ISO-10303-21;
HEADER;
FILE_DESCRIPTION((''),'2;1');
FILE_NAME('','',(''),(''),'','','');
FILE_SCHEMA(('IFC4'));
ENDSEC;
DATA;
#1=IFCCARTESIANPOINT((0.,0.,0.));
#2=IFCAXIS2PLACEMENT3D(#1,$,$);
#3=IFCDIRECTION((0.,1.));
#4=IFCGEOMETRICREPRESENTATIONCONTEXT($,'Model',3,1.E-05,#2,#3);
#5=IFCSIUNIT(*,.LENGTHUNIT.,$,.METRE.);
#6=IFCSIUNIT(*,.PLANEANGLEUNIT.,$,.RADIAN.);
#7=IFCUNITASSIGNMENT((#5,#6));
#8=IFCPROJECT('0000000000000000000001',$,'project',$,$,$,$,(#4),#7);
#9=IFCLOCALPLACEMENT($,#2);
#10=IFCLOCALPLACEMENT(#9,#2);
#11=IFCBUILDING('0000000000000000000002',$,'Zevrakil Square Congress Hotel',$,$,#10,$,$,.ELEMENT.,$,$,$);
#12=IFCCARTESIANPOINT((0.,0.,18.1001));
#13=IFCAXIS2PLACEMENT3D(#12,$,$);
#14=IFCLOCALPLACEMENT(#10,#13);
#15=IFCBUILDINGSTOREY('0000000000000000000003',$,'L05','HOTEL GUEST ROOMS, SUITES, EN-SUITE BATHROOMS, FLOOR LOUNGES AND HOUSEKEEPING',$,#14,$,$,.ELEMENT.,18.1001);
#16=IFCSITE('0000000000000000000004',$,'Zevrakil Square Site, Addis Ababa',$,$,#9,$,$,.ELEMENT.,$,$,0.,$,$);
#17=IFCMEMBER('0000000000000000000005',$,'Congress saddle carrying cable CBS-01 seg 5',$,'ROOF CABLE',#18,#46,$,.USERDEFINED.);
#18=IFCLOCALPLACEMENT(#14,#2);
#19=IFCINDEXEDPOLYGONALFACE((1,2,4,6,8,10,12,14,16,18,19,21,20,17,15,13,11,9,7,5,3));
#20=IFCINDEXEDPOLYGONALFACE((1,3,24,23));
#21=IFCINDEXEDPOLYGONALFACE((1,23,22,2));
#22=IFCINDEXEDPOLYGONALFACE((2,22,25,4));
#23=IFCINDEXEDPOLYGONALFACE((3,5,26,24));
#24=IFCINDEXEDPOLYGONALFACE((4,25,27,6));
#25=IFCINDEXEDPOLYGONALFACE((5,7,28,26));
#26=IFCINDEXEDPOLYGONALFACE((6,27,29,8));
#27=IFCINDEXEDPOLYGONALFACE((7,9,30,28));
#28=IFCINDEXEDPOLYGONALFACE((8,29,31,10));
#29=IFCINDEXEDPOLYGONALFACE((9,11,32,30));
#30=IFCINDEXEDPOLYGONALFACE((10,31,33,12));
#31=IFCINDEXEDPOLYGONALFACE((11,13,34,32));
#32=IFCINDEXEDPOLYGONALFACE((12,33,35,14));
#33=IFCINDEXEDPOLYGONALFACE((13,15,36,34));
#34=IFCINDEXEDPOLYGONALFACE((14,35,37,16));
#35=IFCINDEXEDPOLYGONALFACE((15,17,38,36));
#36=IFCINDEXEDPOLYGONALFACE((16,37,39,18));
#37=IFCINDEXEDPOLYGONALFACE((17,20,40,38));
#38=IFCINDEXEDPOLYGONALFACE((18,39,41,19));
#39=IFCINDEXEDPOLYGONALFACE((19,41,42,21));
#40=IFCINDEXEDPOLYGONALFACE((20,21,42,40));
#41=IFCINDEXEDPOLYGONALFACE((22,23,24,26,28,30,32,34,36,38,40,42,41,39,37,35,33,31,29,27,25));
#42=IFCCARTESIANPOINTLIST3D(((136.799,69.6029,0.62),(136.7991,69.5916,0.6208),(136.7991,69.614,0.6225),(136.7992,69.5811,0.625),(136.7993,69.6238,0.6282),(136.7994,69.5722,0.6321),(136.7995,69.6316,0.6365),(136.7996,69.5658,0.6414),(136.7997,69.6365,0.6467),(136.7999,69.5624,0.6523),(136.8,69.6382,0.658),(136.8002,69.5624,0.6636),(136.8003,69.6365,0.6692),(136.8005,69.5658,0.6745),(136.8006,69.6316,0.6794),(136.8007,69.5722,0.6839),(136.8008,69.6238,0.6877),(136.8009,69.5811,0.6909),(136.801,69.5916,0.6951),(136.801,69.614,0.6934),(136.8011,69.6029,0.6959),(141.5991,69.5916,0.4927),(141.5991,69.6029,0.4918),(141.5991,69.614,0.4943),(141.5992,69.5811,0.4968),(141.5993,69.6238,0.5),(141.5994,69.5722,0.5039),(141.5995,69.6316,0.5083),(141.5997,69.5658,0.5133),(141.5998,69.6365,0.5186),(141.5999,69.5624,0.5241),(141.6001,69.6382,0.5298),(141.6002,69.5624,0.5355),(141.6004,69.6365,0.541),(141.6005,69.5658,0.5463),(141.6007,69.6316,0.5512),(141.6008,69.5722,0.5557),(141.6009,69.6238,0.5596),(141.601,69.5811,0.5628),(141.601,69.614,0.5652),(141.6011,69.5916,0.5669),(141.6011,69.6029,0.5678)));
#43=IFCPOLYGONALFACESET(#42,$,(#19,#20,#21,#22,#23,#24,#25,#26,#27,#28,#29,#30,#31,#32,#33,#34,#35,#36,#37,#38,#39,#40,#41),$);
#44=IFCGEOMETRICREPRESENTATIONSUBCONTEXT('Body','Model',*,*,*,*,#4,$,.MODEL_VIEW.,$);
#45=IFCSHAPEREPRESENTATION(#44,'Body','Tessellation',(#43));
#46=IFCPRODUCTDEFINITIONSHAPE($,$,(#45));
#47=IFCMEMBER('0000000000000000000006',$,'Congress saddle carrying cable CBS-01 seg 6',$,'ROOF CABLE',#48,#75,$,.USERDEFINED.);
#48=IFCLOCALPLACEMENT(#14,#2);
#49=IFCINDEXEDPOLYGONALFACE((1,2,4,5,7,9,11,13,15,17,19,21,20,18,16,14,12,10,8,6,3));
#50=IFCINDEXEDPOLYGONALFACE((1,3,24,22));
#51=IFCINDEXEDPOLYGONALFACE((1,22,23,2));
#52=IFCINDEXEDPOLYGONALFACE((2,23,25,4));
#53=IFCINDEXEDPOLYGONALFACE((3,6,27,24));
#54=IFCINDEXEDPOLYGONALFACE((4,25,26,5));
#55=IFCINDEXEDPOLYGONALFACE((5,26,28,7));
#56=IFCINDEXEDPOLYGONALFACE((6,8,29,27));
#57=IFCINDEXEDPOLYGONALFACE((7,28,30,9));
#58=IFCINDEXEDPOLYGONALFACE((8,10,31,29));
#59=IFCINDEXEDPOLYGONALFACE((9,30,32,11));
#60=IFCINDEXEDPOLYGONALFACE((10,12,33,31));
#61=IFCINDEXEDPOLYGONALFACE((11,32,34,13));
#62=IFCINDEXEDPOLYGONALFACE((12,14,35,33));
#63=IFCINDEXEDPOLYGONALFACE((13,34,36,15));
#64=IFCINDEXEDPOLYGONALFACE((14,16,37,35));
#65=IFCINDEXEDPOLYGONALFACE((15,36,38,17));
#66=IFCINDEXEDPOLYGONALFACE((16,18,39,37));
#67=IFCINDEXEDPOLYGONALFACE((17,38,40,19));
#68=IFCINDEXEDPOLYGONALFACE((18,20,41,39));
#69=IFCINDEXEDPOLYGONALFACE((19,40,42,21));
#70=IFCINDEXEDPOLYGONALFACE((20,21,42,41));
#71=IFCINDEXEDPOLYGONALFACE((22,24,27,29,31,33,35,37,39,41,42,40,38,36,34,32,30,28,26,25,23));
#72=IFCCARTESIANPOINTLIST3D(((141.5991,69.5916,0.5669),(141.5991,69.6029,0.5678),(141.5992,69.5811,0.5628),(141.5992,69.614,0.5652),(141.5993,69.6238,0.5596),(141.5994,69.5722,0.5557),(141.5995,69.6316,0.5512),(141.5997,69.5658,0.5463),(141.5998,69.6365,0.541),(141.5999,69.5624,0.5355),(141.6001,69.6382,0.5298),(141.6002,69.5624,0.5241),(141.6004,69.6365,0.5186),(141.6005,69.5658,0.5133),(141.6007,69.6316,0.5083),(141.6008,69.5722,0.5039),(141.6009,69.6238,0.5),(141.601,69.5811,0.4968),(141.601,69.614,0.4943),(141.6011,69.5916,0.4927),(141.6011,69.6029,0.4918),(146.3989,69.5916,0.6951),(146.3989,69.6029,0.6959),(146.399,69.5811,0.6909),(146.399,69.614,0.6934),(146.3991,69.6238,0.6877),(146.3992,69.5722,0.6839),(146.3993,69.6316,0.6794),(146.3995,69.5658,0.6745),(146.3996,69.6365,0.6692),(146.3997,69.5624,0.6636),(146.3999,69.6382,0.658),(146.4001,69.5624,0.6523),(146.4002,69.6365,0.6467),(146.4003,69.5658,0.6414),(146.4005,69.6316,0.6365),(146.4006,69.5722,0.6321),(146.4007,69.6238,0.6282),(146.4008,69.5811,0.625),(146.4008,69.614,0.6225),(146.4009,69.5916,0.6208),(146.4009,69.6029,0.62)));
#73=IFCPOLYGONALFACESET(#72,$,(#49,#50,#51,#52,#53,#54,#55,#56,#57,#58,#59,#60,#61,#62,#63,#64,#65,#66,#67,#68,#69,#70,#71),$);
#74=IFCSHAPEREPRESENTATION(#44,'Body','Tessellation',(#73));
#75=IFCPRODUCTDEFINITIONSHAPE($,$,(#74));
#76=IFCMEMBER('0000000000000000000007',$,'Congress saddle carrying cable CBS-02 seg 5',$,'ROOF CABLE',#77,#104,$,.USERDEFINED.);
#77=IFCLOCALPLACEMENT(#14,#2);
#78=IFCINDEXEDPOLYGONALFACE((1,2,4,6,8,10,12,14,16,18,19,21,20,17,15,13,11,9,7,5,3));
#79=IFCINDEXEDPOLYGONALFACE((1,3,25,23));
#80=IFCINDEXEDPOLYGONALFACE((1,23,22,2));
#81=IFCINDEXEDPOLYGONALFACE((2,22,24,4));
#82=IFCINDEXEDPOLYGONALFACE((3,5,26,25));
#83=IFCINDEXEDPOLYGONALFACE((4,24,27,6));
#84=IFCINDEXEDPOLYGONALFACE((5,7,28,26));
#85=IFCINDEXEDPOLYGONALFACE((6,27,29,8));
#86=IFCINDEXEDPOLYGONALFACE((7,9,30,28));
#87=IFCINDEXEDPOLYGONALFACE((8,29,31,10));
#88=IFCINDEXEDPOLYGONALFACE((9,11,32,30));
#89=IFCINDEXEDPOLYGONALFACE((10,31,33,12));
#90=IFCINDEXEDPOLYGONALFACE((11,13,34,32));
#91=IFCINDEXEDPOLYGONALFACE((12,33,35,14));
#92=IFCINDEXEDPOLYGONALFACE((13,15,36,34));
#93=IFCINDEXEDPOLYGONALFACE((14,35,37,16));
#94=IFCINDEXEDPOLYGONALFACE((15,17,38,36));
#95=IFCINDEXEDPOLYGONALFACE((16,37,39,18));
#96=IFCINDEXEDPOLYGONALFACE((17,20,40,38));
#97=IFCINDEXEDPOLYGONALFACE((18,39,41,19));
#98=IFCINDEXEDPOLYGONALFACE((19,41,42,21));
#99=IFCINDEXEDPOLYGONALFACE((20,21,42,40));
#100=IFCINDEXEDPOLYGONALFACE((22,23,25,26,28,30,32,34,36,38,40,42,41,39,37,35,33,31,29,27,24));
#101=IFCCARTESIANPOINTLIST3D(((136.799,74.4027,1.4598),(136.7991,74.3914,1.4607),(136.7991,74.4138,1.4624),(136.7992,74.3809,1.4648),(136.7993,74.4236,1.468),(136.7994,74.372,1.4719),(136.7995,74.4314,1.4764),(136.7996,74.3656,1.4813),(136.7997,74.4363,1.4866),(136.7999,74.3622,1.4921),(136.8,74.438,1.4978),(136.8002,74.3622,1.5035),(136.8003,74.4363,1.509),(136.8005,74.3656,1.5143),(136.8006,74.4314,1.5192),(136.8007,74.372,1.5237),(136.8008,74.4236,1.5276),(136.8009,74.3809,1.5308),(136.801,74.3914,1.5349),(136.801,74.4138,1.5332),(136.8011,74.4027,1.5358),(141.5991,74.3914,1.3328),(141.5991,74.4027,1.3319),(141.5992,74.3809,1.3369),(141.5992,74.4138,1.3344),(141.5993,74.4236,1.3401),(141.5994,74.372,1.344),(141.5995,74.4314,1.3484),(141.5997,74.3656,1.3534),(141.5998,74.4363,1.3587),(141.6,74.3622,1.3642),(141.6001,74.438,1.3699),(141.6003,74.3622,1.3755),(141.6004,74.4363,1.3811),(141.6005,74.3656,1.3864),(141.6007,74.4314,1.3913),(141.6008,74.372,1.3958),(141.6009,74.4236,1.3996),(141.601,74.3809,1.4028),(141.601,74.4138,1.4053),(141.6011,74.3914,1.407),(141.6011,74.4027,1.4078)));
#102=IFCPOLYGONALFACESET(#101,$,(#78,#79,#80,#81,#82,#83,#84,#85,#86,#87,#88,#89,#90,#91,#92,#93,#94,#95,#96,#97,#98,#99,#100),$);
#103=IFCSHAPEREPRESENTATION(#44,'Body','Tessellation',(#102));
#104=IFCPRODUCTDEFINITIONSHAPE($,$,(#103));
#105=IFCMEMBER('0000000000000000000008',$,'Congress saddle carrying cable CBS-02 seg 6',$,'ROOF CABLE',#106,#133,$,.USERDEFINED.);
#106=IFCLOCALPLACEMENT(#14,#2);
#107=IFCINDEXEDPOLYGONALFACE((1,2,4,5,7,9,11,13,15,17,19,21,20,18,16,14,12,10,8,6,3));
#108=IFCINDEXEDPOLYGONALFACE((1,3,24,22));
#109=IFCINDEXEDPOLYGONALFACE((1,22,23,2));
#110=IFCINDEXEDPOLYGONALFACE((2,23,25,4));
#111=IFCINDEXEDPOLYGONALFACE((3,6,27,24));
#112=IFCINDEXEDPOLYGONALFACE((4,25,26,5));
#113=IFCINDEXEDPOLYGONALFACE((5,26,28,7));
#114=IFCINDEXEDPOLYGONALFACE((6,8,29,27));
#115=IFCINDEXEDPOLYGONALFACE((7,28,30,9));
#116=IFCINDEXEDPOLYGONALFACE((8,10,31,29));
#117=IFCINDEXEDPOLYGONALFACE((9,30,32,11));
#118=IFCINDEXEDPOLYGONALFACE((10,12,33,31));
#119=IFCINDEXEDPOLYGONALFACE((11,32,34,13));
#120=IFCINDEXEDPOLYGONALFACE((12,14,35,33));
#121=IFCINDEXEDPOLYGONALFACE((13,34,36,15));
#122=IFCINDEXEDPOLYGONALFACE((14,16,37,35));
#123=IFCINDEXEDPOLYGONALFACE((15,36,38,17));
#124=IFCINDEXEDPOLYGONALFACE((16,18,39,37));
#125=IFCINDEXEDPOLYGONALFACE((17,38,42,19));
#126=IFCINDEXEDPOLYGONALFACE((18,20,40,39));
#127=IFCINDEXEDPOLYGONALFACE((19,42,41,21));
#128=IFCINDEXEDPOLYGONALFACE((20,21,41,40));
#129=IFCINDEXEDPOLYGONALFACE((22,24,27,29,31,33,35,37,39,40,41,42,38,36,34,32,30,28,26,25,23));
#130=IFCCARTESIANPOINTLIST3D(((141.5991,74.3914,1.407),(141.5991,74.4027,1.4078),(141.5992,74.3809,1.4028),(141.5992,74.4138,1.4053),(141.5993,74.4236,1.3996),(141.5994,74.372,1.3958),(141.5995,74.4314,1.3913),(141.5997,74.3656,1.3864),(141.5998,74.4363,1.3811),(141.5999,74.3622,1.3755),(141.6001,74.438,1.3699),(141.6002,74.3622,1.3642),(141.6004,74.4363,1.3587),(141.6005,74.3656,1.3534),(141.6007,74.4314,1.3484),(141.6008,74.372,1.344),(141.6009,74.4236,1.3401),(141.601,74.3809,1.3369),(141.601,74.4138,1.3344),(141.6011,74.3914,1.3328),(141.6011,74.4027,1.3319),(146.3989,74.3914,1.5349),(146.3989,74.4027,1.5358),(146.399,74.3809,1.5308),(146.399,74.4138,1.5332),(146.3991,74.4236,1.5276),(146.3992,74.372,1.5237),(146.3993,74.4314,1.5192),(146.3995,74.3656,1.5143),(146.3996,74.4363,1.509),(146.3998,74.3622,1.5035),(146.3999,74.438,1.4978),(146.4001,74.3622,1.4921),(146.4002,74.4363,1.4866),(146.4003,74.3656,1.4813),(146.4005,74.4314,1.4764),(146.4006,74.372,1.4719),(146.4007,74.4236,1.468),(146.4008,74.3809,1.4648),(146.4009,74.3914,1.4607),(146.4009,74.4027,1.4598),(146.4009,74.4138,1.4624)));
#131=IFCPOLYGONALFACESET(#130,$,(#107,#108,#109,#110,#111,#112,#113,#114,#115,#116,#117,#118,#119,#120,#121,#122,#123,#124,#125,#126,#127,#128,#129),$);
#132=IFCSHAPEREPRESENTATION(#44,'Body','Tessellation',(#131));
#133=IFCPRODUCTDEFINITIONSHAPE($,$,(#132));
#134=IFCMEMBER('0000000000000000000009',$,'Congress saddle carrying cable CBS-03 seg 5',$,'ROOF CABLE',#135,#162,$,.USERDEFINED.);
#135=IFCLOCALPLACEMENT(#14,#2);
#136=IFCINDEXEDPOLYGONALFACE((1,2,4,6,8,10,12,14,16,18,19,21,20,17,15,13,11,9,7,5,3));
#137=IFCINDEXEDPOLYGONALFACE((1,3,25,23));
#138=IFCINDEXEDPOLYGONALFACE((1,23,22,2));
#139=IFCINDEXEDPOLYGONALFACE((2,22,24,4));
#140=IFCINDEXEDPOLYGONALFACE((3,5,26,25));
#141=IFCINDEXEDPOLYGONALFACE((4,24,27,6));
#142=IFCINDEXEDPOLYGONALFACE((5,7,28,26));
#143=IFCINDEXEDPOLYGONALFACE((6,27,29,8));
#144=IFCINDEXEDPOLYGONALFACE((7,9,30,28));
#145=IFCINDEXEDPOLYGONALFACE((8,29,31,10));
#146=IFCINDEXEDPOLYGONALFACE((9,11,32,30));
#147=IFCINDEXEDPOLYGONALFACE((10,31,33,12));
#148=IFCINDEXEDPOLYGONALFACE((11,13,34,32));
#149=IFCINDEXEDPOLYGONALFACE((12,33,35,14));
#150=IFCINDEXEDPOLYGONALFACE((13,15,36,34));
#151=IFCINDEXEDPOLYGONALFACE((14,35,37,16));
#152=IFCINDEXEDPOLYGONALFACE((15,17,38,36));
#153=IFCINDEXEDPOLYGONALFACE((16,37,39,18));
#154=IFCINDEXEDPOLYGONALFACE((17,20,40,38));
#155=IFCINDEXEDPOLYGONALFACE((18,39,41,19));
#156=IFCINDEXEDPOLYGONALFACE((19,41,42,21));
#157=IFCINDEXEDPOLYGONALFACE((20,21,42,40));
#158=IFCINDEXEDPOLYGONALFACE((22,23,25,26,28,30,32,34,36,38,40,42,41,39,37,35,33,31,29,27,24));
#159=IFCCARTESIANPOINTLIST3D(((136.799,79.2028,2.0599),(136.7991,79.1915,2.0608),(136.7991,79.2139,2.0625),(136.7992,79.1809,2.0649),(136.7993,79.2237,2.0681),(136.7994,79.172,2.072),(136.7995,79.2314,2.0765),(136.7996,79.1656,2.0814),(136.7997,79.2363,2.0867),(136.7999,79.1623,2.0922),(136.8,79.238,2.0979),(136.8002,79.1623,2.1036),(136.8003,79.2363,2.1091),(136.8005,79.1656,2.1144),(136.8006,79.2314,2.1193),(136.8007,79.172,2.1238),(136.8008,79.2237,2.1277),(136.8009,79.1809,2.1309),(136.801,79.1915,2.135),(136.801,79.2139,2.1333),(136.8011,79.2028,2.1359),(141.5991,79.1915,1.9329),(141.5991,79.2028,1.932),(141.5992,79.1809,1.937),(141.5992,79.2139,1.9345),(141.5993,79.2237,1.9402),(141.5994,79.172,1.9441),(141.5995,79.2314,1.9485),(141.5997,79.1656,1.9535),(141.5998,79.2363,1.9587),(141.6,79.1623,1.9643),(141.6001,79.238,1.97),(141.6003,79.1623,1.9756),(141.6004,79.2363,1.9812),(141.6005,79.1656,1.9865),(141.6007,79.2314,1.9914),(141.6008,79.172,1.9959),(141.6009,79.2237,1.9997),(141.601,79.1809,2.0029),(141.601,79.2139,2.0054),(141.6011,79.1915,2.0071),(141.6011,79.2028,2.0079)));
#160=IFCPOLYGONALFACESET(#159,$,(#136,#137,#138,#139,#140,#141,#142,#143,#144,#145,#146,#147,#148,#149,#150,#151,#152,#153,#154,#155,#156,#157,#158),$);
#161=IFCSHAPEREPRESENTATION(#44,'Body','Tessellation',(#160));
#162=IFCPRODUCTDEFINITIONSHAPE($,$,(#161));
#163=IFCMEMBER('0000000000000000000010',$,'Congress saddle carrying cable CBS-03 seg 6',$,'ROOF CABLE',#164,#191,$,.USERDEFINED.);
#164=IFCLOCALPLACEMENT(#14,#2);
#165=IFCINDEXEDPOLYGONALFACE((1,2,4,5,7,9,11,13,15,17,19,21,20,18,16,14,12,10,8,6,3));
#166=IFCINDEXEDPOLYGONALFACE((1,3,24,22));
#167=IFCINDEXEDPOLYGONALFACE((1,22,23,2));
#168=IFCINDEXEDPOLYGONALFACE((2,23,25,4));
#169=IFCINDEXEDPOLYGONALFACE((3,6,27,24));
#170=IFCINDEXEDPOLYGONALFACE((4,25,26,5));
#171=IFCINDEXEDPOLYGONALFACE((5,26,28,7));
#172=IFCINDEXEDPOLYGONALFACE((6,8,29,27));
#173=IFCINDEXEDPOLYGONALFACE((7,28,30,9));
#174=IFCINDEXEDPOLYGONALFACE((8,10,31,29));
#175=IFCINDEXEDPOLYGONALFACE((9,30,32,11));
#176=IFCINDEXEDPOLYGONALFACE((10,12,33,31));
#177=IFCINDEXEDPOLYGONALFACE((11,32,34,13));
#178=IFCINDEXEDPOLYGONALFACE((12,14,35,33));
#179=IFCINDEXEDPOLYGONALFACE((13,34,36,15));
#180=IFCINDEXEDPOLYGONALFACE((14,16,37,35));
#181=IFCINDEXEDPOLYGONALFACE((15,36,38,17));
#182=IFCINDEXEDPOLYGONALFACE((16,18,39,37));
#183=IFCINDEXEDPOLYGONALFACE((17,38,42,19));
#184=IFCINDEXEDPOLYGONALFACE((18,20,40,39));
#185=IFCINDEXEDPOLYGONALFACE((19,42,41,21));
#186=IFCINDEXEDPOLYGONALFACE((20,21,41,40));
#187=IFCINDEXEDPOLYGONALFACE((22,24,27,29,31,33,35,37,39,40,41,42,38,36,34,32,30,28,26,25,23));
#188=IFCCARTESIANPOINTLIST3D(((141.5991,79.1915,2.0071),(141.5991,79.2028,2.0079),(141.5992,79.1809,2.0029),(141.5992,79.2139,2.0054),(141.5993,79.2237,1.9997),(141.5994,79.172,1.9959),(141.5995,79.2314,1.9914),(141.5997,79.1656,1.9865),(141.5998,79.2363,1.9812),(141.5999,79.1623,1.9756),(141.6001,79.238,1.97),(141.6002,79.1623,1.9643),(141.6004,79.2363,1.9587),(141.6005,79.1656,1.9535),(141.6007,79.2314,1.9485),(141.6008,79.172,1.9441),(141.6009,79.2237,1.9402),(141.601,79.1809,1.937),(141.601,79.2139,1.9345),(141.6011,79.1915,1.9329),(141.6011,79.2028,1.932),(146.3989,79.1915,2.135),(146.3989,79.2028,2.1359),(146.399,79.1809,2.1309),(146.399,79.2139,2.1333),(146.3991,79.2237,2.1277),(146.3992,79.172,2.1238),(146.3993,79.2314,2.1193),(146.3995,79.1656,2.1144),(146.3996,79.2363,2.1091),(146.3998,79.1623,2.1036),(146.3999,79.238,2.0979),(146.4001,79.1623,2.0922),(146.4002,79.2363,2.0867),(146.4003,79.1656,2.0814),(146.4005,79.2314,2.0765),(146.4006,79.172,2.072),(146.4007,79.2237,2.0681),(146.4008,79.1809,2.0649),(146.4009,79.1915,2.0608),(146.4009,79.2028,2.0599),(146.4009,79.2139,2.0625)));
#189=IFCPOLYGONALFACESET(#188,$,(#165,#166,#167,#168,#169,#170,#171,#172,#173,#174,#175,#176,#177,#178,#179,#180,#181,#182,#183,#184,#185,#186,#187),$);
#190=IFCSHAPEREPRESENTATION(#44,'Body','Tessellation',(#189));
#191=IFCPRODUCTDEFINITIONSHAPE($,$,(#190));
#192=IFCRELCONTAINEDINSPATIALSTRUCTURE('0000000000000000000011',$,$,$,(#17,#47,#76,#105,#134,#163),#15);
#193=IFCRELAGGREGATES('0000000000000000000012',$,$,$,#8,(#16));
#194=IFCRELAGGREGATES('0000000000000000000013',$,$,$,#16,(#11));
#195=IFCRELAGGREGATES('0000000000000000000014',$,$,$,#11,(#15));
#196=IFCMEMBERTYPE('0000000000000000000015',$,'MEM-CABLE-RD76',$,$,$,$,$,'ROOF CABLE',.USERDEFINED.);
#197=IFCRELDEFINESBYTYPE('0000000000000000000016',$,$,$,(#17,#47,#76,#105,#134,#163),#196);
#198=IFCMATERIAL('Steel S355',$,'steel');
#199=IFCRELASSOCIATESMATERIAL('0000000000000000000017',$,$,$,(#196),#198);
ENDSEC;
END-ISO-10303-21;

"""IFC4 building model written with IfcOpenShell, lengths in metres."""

from ifc_helpers import new_model, si_unit, direction, frame, origin, origin_2d, place, context, subcontext, project, spatial, circle, extrude, material, material_profile, profile_set, type_object, element, save


model = new_model("IFC4")

# Units and contexts
model_context = context("Model", 3, precision=1e-05, world=origin(), true_north=direction((0.0, 1.0)))
body_context = subcontext(model_context, "Body", "Model", "MODEL_VIEW")
ifc_project = project(units=[si_unit("LENGTHUNIT", "METRE"), si_unit("PLANEANGLEUNIT", "RADIAN")], contexts=[model_context])

# Site, building, storey
site_placement = place(None, origin())
site = spatial("IfcSite", under=ifc_project, at=site_placement, Name="Zevrakil Square Site, Addis Ababa", CompositionType="ELEMENT", RefElevation=0.0)
building_placement = place(site_placement, origin())
building = spatial("IfcBuilding", under=site, at=building_placement, Name="Zevrakil Square Congress Hotel", CompositionType="ELEMENT")
storey_placement = place(building_placement, frame((0.0, 0.0, 18.1001)))
storey = spatial("IfcBuildingStorey", under=building, at=storey_placement, Name="L05", Description="HOTEL GUEST ROOMS, SUITES, EN-SUITE BATHROOMS, FLOOR LOUNGES AND HOUSEKEEPING", CompositionType="ELEMENT", Elevation=18.1001)

# Members
ifc_material_1 = material(Name="Steel S355", Category="steel")
ifc_material_profile_1 = material_profile(ifc_material_1, circle(Radius=0.0381, at=origin_2d()), Name="CABLE RD76")
ifc_profile_set_1 = profile_set([ifc_material_profile_1], Name="Steel S355")
member_type_1 = type_object("IfcMemberType", Name="MEM-CABLE-RD76", ElementType="ROOF CABLE", PredefinedType="USERDEFINED", material=ifc_profile_set_1)
member_1_placement = place(storey_placement, frame((136.8, 69.6001, 0.658), z_axis=(0.999644, 0.0, -0.026693), x_axis=(0.0, 1.0, 0.0)))
element("IfcMember", 1, at=member_1_placement, inside=storey, type_object=member_type_1, Name="Congress saddle carrying cable CBS-01 seg 5", ObjectType="ROOF CABLE", PredefinedType="USERDEFINED", context=body_context, shape_type="SweptSolid", body=[
    extrude(circle(Radius=0.0381, at=origin_2d()), origin(), (0.0, 0.0, 1.0), 4.8018),
])
member_2_placement = place(storey_placement, frame((141.6001, 69.6001, 0.5298), z_axis=(0.999644, 0.0, 0.026694), x_axis=(0.0, 1.0, 0.0)))
element("IfcMember", 2, at=member_2_placement, inside=storey, type_object=member_type_1, Name="Congress saddle carrying cable CBS-01 seg 6", ObjectType="ROOF CABLE", PredefinedType="USERDEFINED", context=body_context, shape_type="SweptSolid", body=[
    extrude(circle(Radius=0.0381, at=origin_2d()), origin(), (0.0, 0.0, 1.0), 4.8015),
])
member_3_placement = place(storey_placement, frame((136.8, 74.3999, 1.4978), z_axis=(0.999645, 0.0, -0.026642), x_axis=(0.0, 1.0, 0.0)))
element("IfcMember", 3, at=member_3_placement, inside=storey, type_object=member_type_1, Name="Congress saddle carrying cable CBS-02 seg 5", ObjectType="ROOF CABLE", PredefinedType="USERDEFINED", context=body_context, shape_type="SweptSolid", body=[
    extrude(circle(Radius=0.0381, at=origin_2d()), origin(), (0.0, 0.0, 1.0), 4.8018),
])
member_4_placement = place(storey_placement, frame((141.6001, 74.3999, 1.3699), z_axis=(0.999645, 0.0, 0.026644), x_axis=(0.0, 1.0, 0.0)))
element("IfcMember", 4, at=member_4_placement, inside=storey, type_object=member_type_1, Name="Congress saddle carrying cable CBS-02 seg 6", ObjectType="ROOF CABLE", PredefinedType="USERDEFINED", context=body_context, shape_type="SweptSolid", body=[
    extrude(circle(Radius=0.0381, at=origin_2d()), origin(), (0.0, 0.0, 1.0), 4.8015),
])
member_5_placement = place(storey_placement, frame((136.8, 79.2, 2.0979), z_axis=(0.999645, 0.0, -0.026642), x_axis=(0.0, 1.0, 0.0)))
element("IfcMember", 5, at=member_5_placement, inside=storey, type_object=member_type_1, Name="Congress saddle carrying cable CBS-03 seg 5", ObjectType="ROOF CABLE", PredefinedType="USERDEFINED", context=body_context, shape_type="SweptSolid", body=[
    extrude(circle(Radius=0.0381, at=origin_2d()), origin(), (0.0, 0.0, 1.0), 4.8018),
])
member_6_placement = place(storey_placement, frame((141.6001, 79.2, 1.97), z_axis=(0.999645, 0.0, 0.026644), x_axis=(0.0, 1.0, 0.0)))
element("IfcMember", 6, at=member_6_placement, inside=storey, type_object=member_type_1, Name="Congress saddle carrying cable CBS-03 seg 6", ObjectType="ROOF CABLE", PredefinedType="USERDEFINED", context=body_context, shape_type="SweptSolid", body=[
    extrude(circle(Radius=0.0381, at=origin_2d()), origin(), (0.0, 0.0, 1.0), 4.8015),
])

save(model, "model.ifc")
